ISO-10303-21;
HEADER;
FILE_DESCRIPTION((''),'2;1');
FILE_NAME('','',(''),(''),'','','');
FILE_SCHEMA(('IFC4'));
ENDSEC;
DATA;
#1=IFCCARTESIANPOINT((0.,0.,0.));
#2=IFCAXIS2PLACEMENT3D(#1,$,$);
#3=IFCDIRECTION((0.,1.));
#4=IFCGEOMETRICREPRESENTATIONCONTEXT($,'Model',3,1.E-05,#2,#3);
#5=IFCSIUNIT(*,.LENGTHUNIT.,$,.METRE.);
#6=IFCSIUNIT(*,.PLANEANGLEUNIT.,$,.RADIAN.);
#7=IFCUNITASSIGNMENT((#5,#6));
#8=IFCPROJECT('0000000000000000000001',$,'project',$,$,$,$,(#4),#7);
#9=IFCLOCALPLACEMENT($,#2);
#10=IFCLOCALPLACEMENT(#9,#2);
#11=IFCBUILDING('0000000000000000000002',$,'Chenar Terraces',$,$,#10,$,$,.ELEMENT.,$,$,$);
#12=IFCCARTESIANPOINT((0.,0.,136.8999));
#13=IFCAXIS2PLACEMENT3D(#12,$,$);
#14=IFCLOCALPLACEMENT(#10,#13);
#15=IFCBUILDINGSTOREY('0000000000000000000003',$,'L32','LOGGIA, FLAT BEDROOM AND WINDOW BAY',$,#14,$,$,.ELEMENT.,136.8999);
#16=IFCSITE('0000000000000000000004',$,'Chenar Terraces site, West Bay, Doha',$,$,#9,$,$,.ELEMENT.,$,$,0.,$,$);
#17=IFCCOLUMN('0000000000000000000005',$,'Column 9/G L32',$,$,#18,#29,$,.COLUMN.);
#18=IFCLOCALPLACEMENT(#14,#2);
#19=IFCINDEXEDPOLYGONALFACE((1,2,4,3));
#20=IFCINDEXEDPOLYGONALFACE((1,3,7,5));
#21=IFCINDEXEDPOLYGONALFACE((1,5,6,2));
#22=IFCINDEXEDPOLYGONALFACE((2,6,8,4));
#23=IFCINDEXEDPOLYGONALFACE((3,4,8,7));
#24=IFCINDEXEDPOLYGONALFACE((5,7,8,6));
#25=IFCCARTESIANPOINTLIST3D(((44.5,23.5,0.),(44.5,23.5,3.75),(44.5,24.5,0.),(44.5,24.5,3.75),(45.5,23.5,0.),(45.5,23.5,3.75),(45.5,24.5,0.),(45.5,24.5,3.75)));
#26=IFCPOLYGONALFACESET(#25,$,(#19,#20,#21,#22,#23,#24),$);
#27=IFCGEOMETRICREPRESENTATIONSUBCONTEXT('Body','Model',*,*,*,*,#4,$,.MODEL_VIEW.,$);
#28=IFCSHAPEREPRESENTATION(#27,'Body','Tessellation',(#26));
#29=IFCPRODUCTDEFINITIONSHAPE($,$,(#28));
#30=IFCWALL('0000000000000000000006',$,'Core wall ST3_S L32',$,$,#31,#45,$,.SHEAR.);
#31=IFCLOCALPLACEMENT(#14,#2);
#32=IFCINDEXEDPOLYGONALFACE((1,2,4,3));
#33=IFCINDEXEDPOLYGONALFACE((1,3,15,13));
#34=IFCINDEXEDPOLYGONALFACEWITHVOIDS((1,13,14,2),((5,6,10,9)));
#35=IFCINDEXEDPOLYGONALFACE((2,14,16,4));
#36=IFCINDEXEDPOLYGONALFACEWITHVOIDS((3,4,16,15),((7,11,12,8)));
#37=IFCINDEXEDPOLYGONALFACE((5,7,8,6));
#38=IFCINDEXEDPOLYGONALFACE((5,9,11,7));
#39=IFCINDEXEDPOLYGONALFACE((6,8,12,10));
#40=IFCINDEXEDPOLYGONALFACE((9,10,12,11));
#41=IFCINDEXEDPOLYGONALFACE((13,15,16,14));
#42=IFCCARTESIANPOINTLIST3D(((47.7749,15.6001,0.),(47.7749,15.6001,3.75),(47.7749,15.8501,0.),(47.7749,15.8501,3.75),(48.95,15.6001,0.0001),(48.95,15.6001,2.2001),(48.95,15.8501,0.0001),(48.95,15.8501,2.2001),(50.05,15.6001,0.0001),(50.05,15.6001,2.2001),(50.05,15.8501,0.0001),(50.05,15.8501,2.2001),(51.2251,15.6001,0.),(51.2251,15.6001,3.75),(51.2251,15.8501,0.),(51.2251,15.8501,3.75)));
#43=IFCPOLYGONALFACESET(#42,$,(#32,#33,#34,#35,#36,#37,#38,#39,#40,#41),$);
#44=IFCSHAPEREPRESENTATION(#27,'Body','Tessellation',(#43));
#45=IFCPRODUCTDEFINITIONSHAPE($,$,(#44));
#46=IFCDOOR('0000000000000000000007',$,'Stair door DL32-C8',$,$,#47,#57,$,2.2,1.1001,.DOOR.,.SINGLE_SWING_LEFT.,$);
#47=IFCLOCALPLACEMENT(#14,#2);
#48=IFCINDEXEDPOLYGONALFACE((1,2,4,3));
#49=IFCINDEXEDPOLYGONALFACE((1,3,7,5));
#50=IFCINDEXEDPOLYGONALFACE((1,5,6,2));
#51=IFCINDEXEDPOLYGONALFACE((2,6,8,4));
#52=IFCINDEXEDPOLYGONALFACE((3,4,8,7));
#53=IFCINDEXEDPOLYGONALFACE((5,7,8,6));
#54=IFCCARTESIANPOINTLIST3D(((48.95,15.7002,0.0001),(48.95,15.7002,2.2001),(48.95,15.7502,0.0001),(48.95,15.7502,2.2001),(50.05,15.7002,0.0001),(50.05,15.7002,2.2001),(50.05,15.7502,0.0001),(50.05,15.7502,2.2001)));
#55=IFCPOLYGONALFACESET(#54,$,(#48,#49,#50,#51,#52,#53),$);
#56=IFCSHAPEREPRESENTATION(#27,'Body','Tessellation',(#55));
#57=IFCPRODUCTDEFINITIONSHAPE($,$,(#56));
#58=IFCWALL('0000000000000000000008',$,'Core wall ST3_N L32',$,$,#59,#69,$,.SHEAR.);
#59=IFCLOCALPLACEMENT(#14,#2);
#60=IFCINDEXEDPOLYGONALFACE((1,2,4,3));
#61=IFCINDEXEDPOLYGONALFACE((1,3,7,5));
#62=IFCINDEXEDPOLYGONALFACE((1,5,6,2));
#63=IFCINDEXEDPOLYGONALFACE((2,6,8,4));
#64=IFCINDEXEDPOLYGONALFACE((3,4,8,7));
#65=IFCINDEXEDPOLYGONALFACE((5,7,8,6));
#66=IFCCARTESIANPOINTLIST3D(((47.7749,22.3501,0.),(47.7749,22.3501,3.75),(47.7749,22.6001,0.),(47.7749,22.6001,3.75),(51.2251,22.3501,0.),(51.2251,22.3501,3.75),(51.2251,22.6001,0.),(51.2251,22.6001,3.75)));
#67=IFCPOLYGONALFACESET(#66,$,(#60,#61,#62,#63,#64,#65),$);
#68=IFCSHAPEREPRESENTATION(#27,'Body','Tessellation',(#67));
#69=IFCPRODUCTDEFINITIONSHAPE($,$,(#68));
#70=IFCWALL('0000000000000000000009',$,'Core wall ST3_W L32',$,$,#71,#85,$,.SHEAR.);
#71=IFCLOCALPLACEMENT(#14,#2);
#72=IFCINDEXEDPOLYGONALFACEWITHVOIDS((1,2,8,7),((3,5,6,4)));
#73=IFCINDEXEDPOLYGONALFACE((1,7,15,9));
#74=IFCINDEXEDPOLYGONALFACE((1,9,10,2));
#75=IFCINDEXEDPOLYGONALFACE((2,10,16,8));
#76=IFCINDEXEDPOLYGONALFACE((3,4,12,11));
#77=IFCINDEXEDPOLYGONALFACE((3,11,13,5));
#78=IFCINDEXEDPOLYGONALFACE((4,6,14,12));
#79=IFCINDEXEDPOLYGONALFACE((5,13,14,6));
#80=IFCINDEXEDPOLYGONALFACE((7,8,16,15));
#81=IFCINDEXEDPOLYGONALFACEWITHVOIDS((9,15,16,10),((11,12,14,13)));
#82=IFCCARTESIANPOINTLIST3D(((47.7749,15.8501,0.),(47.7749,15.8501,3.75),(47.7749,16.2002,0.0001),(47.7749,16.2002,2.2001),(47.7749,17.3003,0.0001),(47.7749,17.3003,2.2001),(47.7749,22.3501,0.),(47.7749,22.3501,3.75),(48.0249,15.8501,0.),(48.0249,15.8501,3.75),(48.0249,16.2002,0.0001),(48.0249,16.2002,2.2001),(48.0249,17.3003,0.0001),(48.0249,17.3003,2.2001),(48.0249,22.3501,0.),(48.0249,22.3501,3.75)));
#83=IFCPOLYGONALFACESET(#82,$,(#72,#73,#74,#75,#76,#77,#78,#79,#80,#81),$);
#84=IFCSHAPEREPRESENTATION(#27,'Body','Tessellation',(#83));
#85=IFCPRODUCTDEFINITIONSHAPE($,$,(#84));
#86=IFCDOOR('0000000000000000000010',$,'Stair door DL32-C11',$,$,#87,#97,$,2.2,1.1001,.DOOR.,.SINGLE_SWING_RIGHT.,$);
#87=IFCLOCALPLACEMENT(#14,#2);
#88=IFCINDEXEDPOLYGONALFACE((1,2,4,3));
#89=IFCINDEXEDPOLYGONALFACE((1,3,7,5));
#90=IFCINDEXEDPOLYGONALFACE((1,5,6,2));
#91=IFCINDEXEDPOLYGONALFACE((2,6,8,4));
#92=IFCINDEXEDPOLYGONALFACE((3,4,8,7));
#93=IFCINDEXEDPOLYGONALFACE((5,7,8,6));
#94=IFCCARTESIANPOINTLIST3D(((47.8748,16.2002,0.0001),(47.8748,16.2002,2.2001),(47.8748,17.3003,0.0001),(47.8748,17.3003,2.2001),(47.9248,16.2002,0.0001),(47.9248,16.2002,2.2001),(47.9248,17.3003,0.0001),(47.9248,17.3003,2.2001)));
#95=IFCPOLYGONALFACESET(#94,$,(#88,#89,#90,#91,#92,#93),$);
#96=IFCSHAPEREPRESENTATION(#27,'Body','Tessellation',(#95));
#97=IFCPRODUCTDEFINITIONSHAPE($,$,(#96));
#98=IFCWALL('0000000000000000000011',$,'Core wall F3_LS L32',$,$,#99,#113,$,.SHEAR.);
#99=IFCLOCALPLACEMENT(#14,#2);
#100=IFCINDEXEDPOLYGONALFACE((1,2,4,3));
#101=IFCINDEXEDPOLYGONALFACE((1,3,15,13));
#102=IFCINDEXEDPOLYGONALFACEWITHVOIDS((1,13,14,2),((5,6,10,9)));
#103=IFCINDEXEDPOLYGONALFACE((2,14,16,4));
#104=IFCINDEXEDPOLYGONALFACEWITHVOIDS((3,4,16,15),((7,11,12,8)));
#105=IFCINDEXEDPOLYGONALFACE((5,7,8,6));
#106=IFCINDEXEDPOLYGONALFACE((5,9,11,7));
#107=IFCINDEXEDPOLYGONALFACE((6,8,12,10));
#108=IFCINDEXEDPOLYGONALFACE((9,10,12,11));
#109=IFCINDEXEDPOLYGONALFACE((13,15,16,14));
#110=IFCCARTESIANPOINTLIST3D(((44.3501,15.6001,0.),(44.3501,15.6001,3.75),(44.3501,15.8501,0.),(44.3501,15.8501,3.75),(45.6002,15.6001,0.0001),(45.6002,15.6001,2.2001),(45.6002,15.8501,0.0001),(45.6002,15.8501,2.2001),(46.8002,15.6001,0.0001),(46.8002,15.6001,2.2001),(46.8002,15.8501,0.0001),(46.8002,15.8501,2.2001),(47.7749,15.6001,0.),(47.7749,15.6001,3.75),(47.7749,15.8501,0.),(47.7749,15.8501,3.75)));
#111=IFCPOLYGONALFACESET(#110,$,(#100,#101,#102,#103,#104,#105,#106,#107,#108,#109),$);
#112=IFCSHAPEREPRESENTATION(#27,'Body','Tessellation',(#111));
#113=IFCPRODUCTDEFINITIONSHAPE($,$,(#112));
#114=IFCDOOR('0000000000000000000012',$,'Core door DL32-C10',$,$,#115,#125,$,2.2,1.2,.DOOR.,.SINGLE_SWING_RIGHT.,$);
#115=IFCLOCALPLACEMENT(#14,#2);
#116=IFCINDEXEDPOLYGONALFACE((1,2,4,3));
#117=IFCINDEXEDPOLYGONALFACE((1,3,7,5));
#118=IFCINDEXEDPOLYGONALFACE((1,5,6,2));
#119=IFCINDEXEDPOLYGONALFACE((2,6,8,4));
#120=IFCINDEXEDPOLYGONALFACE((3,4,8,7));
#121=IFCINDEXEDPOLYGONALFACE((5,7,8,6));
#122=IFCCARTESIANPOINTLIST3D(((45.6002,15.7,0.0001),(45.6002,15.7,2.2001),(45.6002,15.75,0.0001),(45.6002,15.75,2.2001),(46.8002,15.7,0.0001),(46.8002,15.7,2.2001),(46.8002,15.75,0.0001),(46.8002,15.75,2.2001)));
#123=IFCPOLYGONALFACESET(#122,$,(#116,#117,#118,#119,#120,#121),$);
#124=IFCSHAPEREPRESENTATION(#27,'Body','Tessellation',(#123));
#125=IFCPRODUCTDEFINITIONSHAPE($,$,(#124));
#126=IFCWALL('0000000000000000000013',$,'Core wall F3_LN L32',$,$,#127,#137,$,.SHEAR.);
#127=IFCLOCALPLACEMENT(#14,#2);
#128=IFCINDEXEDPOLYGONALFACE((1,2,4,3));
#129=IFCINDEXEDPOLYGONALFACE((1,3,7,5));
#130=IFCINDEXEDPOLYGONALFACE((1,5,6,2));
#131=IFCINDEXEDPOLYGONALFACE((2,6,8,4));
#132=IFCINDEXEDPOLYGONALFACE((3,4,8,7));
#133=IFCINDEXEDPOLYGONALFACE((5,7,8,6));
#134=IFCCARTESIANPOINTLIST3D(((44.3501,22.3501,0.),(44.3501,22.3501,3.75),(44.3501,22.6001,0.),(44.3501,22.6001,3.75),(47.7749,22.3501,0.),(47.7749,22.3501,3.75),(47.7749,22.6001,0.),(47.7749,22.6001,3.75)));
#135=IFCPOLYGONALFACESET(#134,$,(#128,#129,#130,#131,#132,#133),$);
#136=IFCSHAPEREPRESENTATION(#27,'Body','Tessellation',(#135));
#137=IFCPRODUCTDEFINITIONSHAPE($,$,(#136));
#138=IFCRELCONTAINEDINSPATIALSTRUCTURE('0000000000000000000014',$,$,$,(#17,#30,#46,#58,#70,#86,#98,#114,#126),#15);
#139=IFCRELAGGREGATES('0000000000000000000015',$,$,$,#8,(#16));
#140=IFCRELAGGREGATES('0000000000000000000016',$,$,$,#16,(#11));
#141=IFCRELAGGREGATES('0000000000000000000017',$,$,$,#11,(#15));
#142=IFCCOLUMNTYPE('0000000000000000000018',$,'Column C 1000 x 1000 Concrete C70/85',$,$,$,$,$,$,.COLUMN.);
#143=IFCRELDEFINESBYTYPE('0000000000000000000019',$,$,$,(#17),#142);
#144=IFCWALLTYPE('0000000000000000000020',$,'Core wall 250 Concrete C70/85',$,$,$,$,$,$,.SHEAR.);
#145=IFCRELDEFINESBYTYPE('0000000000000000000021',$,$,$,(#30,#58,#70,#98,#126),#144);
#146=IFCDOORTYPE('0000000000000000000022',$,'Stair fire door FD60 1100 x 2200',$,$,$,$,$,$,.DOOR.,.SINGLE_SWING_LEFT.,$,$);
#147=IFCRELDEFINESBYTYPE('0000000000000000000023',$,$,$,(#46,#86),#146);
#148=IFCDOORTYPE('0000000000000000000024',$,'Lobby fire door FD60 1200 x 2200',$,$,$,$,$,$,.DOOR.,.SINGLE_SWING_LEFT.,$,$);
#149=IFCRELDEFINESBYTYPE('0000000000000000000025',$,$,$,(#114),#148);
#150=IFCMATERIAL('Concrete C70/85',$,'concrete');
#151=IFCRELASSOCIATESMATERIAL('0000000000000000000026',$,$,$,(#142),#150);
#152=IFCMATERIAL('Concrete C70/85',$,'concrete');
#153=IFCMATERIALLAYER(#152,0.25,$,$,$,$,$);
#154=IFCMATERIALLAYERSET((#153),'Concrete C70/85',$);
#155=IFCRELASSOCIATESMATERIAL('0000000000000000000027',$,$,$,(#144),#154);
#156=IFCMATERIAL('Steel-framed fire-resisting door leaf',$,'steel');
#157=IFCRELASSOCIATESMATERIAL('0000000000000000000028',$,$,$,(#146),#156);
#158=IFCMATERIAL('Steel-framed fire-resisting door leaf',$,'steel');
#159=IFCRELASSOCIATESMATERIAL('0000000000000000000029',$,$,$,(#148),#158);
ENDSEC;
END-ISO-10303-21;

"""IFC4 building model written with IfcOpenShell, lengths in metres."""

from ifc_helpers import new_model, si_unit, direction, frame, frame_2d, origin, origin_2d, place, context, subcontext, project, spatial, rectangle, extrude, material, layer, layer_set, material_profile, profile_set, type_object, element, fill, save


model = new_model("IFC4")

# Units and contexts
model_context = context("Model", 3, precision=1e-05, world=origin(), true_north=direction((0.0, 1.0)))
body_context = subcontext(model_context, "Body", "Model", "MODEL_VIEW")
ifc_project = project(units=[si_unit("LENGTHUNIT", "METRE"), si_unit("PLANEANGLEUNIT", "RADIAN")], contexts=[model_context])

# Site, building, storey
site_placement = place(None, origin())
site = spatial("IfcSite", under=ifc_project, at=site_placement, Name="Chenar Terraces site, West Bay, Doha", CompositionType="ELEMENT", RefElevation=0.0)
building_placement = place(site_placement, origin())
building = spatial("IfcBuilding", under=site, at=building_placement, Name="Chenar Terraces", CompositionType="ELEMENT")
storey_placement = place(building_placement, frame((0.0, 0.0, 136.8999)))
storey = spatial("IfcBuildingStorey", under=building, at=storey_placement, Name="L32", Description="LOGGIA, FLAT BEDROOM AND WINDOW BAY", CompositionType="ELEMENT", Elevation=136.8999)

# Column
ifc_material_1 = material(Name="Concrete C70/85", Category="concrete")
ifc_material_profile = material_profile(ifc_material_1, rectangle(XDim=1.0, YDim=1.0, at=origin_2d()), Name="C 1000 x 1000")
ifc_profile_set = profile_set([ifc_material_profile], Name="Concrete C70/85")
column_type = type_object("IfcColumnType", Name="Column C 1000 x 1000 Concrete C70/85", PredefinedType="COLUMN", material=ifc_profile_set)
column_placement = place(storey_placement, frame((45.0, 24.0, 0.0), z_axis=(0.0, 0.0, 1.0), x_axis=(1.0, 0.0, 0.0)))
element("IfcColumn", 1, at=column_placement, inside=storey, type_object=column_type, Name="Column 9/G L32", PredefinedType="COLUMN", context=body_context, shape_type="SweptSolid", body=[
    extrude(rectangle(XDim=1.0, YDim=1.0, at=origin_2d()), origin(), (0.0, 0.0, 1.0), 3.75),
])

# Wall, opening, door
ifc_material_2 = material(Name="Concrete C70/85", Category="concrete")
ifc_layer_1 = layer(ifc_material_2, 0.25)
ifc_layer_set_1 = layer_set([ifc_layer_1], Name="Concrete C70/85")
wall_type_1 = type_object("IfcWallType", Name="Core wall 250 Concrete C70/85", PredefinedType="SHEAR", material=ifc_layer_set_1)
wall_1_placement = place(storey_placement, frame((47.7749, 15.7251, 0.0), z_axis=(0.0, 0.0, 1.0), x_axis=(1.0, 0.0, 0.0)))
wall_1 = element("IfcWall", 2, at=wall_1_placement, inside=storey, type_object=wall_type_1, Name="Core wall ST3_S L32", PredefinedType="SHEAR", context=body_context, shape_type="SweptSolid", body=[
    extrude(rectangle(XDim=3.4502, YDim=0.25, at=frame_2d((1.7251, 0.0))), origin(), (0.0, 0.0, 1.0), 3.75),
])
opening_1_placement = place(wall_1_placement, frame((1.175, 0.0, 0.0)))
opening_1 = element("IfcOpeningElement", 3, at=opening_1_placement, cuts=wall_1, PredefinedType="OPENING", context=body_context, shape_type="SweptSolid", body=[
    extrude(rectangle(XDim=1.1001, YDim=2.2, at=frame_2d((0.55, 1.1001))), frame((0.0, 0.135, 0.0), z_axis=(0.0, -1.0, 0.0), x_axis=(1.0, 0.0, 0.0)), (0.0, 0.0, 1.0), 0.27),
])
ifc_material_3 = material(Name="Steel-framed fire-resisting door leaf", Category="steel")
door_type_1 = type_object("IfcDoorType", Name="Stair fire door FD60 1100 x 2200", OperationType="SINGLE_SWING_LEFT", PredefinedType="DOOR", material=ifc_material_3)
door_1_placement = place(opening_1_placement, frame((1.1001, 0.0, 0.0), z_axis=(0.0, 0.0, 1.0), x_axis=(-1.0, 0.0, 0.0)))
door_1 = element("IfcDoor", 4, at=door_1_placement, inside=storey, type_object=door_type_1, Name="Stair door DL32-C8", OperationType="SINGLE_SWING_LEFT", OverallHeight=2.2, OverallWidth=1.1001, PredefinedType="DOOR", context=body_context, shape_type="SweptSolid", body=[
    extrude(rectangle(XDim=1.1001, YDim=2.2, at=frame_2d((0.55, 1.1001))), frame((0.0, 0.0249, 0.0), z_axis=(0.0, -1.0, 0.0), x_axis=(1.0, 0.0, 0.0)), (0.0, 0.0, 1.0), 0.05),
])
fill(opening_1, door_1)

# Wall
wall_2_placement = place(storey_placement, frame((47.7749, 22.4751, 0.0), z_axis=(0.0, 0.0, 1.0), x_axis=(1.0, 0.0, 0.0)))
element("IfcWall", 5, at=wall_2_placement, inside=storey, type_object=wall_type_1, Name="Core wall ST3_N L32", PredefinedType="SHEAR", context=body_context, shape_type="SweptSolid", body=[
    extrude(rectangle(XDim=3.4502, YDim=0.25, at=frame_2d((1.7251, 0.0))), origin(), (0.0, 0.0, 1.0), 3.75),
])

# Walls, openings, doors
wall_3_placement = place(storey_placement, frame((47.8999, 15.8501, 0.0), z_axis=(0.0, 0.0, 1.0), x_axis=(0.0, 1.0, 0.0)))
wall_3 = element("IfcWall", 6, at=wall_3_placement, inside=storey, type_object=wall_type_1, Name="Core wall ST3_W L32", PredefinedType="SHEAR", context=body_context, shape_type="SweptSolid", body=[
    extrude(rectangle(XDim=6.5, YDim=0.25, at=frame_2d((3.25, 0.0))), origin(), (0.0, 0.0, 1.0), 3.75),
])
opening_2_placement = place(wall_3_placement, frame((0.3501, 0.0, 0.0)))
opening_2 = element("IfcOpeningElement", 7, at=opening_2_placement, cuts=wall_3, PredefinedType="OPENING", context=body_context, shape_type="SweptSolid", body=[
    extrude(rectangle(XDim=1.1001, YDim=2.2, at=frame_2d((0.55, 1.1001))), frame((0.0, 0.135, 0.0), z_axis=(0.0, -1.0, 0.0), x_axis=(1.0, 0.0, 0.0)), (0.0, 0.0, 1.0), 0.27),
])
door_2_placement = place(opening_2_placement, frame((1.1001, 0.0, 0.0), z_axis=(0.0, 0.0, 1.0), x_axis=(-1.0, 0.0, 0.0)))
door_2 = element("IfcDoor", 8, at=door_2_placement, inside=storey, type_object=door_type_1, Name="Stair door DL32-C11", OperationType="SINGLE_SWING_RIGHT", OverallHeight=2.2, OverallWidth=1.1001, PredefinedType="DOOR", context=body_context, shape_type="SweptSolid", body=[
    extrude(rectangle(XDim=1.1001, YDim=2.2, at=frame_2d((0.55, 1.1001))), frame((0.0, 0.0249, 0.0), z_axis=(0.0, -1.0, 0.0), x_axis=(1.0, 0.0, 0.0)), (0.0, 0.0, 1.0), 0.05),
])
fill(opening_2, door_2)
wall_4_placement = place(storey_placement, frame((44.3501, 15.7251, 0.0), z_axis=(0.0, 0.0, 1.0), x_axis=(1.0, 0.0, 0.0)))
wall_4 = element("IfcWall", 9, at=wall_4_placement, inside=storey, type_object=wall_type_1, Name="Core wall F3_LS L32", PredefinedType="SHEAR", context=body_context, shape_type="SweptSolid", body=[
    extrude(rectangle(XDim=3.4248, YDim=0.25, at=frame_2d((1.7124, 0.0))), origin(), (0.0, 0.0, 1.0), 3.75),
])
opening_3_placement = place(wall_4_placement, frame((1.25, 0.0, 0.0)))
opening_3 = element("IfcOpeningElement", 10, at=opening_3_placement, cuts=wall_4, PredefinedType="OPENING", context=body_context, shape_type="SweptSolid", body=[
    extrude(rectangle(XDim=1.2, YDim=2.2, at=frame_2d((0.6001, 1.1001))), frame((0.0, 0.135, 0.0), z_axis=(0.0, -1.0, 0.0), x_axis=(1.0, 0.0, 0.0)), (0.0, 0.0, 1.0), 0.27),
])
ifc_material_4 = material(Name="Steel-framed fire-resisting door leaf", Category="steel")
door_type_2 = type_object("IfcDoorType", Name="Lobby fire door FD60 1200 x 2200", OperationType="SINGLE_SWING_LEFT", PredefinedType="DOOR", material=ifc_material_4)
door_3_placement = place(opening_3_placement, origin())
door_3 = element("IfcDoor", 11, at=door_3_placement, inside=storey, type_object=door_type_2, Name="Core door DL32-C10", OperationType="SINGLE_SWING_RIGHT", OverallHeight=2.2, OverallWidth=1.2, PredefinedType="DOOR", context=body_context, shape_type="SweptSolid", body=[
    extrude(rectangle(XDim=1.2, YDim=2.2, at=frame_2d((0.6001, 1.1001))), frame((0.0, 0.0249, 0.0), z_axis=(0.0, -1.0, 0.0), x_axis=(1.0, 0.0, 0.0)), (0.0, 0.0, 1.0), 0.05),
])
fill(opening_3, door_3)

# Wall
wall_5_placement = place(storey_placement, frame((44.3501, 22.4751, 0.0), z_axis=(0.0, 0.0, 1.0), x_axis=(1.0, 0.0, 0.0)))
element("IfcWall", 12, at=wall_5_placement, inside=storey, type_object=wall_type_1, Name="Core wall F3_LN L32", PredefinedType="SHEAR", context=body_context, shape_type="SweptSolid", body=[
    extrude(rectangle(XDim=3.4248, YDim=0.25, at=frame_2d((1.7124, 0.0))), origin(), (0.0, 0.0, 1.0), 3.75),
])

save(model, "model.ifc")
